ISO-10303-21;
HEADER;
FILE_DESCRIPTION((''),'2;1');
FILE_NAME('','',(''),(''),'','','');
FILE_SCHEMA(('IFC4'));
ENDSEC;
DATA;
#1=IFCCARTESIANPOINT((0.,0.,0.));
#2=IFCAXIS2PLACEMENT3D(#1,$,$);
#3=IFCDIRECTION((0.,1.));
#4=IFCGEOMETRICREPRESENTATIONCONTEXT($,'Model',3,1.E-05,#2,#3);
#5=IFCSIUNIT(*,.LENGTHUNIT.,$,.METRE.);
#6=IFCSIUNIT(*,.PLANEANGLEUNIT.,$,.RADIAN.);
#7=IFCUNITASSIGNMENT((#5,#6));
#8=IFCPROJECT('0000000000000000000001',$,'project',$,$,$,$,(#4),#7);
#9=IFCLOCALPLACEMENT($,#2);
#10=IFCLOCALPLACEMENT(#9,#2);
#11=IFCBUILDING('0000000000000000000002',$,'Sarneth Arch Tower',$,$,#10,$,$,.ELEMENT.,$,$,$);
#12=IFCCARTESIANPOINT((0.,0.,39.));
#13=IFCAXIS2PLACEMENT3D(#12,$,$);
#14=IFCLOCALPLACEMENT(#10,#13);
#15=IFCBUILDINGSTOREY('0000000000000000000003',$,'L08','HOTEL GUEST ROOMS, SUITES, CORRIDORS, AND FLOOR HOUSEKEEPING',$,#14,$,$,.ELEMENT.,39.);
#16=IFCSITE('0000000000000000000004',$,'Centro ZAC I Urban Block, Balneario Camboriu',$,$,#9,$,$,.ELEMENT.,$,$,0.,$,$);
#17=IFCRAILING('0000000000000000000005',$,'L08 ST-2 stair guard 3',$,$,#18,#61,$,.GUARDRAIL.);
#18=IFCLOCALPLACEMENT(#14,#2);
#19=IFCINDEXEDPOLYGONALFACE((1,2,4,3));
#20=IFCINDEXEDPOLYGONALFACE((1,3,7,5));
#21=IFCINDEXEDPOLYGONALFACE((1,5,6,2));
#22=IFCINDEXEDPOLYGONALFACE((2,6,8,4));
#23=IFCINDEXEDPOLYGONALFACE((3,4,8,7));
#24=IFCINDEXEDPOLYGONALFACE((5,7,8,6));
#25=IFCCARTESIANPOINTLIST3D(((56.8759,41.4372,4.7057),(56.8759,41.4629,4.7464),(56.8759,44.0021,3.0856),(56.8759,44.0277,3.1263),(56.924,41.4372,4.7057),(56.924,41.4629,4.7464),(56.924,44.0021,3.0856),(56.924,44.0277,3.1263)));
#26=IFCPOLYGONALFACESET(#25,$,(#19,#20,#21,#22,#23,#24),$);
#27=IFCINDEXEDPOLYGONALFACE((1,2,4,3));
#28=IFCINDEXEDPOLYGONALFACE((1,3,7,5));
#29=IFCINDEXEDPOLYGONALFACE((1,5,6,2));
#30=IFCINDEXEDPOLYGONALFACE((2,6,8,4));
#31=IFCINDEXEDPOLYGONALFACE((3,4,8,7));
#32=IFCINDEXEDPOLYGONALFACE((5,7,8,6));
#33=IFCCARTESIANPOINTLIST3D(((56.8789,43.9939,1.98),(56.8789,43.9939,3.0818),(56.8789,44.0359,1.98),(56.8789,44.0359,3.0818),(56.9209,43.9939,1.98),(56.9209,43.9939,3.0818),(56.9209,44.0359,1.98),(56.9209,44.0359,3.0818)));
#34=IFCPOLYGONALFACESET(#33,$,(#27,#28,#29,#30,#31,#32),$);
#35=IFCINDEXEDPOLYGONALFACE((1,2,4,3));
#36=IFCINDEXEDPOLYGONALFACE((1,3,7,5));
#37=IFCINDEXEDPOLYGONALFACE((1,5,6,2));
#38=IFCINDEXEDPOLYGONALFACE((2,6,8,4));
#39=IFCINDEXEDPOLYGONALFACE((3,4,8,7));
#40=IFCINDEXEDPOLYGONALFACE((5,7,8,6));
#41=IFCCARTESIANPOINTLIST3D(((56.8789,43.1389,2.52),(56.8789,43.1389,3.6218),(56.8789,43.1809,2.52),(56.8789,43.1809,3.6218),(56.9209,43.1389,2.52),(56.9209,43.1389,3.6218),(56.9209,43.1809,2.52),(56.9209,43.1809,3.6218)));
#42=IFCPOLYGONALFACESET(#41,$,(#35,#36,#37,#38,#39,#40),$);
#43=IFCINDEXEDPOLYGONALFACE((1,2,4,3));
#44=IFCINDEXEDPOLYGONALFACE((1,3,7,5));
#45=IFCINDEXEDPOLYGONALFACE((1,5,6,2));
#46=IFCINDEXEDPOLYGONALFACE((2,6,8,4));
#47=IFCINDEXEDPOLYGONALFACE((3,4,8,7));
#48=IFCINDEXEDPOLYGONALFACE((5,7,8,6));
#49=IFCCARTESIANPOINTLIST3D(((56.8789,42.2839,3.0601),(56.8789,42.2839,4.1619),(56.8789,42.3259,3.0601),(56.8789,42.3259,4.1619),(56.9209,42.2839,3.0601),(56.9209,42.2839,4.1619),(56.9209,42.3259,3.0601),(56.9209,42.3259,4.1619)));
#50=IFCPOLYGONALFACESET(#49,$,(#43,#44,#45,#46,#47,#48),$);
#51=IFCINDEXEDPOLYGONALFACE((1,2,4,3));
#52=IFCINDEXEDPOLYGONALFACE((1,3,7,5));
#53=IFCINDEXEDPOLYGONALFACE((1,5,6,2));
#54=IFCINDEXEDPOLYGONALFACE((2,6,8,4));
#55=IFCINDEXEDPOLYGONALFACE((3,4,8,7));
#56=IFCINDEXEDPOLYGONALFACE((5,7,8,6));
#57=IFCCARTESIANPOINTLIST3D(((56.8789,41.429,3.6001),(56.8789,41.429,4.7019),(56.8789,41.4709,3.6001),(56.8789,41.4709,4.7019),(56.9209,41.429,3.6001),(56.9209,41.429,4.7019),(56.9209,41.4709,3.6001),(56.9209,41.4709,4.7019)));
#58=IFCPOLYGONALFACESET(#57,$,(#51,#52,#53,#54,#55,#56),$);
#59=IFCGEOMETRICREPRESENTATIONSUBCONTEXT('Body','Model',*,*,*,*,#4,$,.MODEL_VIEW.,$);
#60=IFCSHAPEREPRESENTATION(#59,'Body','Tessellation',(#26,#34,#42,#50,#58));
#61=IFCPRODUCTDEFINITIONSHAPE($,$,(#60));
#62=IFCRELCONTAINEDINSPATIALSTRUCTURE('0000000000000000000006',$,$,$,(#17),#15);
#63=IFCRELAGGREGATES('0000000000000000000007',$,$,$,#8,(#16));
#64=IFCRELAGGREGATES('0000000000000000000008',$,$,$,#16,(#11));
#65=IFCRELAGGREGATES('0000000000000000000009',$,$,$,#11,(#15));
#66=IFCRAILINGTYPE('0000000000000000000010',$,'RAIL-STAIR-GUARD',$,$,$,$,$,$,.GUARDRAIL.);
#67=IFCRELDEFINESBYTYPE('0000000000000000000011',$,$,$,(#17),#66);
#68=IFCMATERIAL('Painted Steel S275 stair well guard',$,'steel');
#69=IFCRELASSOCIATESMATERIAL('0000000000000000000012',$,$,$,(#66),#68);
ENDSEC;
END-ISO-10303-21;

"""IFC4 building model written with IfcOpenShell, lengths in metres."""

from ifc_helpers import new_model, si_unit, direction, frame, origin, origin_2d, place, context, subcontext, project, spatial, rectangle, extrude, material, type_object, element, save


model = new_model("IFC4")

# Units and contexts
model_context = context("Model", 3, precision=1e-05, world=origin(), true_north=direction((0.0, 1.0)))
body_context = subcontext(model_context, "Body", "Model", "MODEL_VIEW")
ifc_project = project(units=[si_unit("LENGTHUNIT", "METRE"), si_unit("PLANEANGLEUNIT", "RADIAN")], contexts=[model_context])

# Site, building, storey
site_placement = place(None, origin())
site = spatial("IfcSite", under=ifc_project, at=site_placement, Name="Centro ZAC I Urban Block, Balneario Camboriu", CompositionType="ELEMENT", RefElevation=0.0)
building_placement = place(site_placement, origin())
building = spatial("IfcBuilding", under=site, at=building_placement, Name="Sarneth Arch Tower", CompositionType="ELEMENT")
storey_placement = place(building_placement, frame((0.0, 0.0, 39.0)))
storey = spatial("IfcBuildingStorey", under=building, at=storey_placement, Name="L08", Description="HOTEL GUEST ROOMS, SUITES, CORRIDORS, AND FLOOR HOUSEKEEPING", CompositionType="ELEMENT", Elevation=39.0)

# Railing
ifc_material_1 = material(Name="Painted Steel S275 stair well guard", Category="steel")
railing_type_1 = type_object("IfcRailingType", Name="RAIL-STAIR-GUARD", PredefinedType="GUARDRAIL", material=ifc_material_1)
railing_1_placement = place(storey_placement, frame((56.8999, 44.0149, 1.98)))
element("IfcRailing", 1, at=railing_1_placement, inside=storey, type_object=railing_type_1, Name="L08 ST-2 stair guard 3", PredefinedType="GUARDRAIL", context=body_context, shape_type="SweptSolid", body=[
    extrude(rectangle(XDim=0.0481, YDim=0.0481, at=origin_2d()), frame((0.0, 0.0, 1.126), z_axis=(0.0, -0.845466, 0.534029), x_axis=(1.0, 0.0, 0.0)), (0.0, 0.0, 1.0), 3.0337),
    extrude(rectangle(XDim=0.042, YDim=0.042, at=origin_2d()), origin(), (0.0, 0.0, 1.0), 1.1018),
    extrude(rectangle(XDim=0.042, YDim=0.042, at=origin_2d()), frame((0.0, -0.855, 0.54)), (0.0, 0.0, 1.0), 1.1018),
    extrude(rectangle(XDim=0.042, YDim=0.042, at=origin_2d()), frame((0.0, -1.71, 1.0801)), (0.0, 0.0, 1.0), 1.1018),
    extrude(rectangle(XDim=0.042, YDim=0.042, at=origin_2d()), frame((0.0, -2.5649, 1.6201)), (0.0, 0.0, 1.0), 1.1018),
])

save(model, "model.ifc")
